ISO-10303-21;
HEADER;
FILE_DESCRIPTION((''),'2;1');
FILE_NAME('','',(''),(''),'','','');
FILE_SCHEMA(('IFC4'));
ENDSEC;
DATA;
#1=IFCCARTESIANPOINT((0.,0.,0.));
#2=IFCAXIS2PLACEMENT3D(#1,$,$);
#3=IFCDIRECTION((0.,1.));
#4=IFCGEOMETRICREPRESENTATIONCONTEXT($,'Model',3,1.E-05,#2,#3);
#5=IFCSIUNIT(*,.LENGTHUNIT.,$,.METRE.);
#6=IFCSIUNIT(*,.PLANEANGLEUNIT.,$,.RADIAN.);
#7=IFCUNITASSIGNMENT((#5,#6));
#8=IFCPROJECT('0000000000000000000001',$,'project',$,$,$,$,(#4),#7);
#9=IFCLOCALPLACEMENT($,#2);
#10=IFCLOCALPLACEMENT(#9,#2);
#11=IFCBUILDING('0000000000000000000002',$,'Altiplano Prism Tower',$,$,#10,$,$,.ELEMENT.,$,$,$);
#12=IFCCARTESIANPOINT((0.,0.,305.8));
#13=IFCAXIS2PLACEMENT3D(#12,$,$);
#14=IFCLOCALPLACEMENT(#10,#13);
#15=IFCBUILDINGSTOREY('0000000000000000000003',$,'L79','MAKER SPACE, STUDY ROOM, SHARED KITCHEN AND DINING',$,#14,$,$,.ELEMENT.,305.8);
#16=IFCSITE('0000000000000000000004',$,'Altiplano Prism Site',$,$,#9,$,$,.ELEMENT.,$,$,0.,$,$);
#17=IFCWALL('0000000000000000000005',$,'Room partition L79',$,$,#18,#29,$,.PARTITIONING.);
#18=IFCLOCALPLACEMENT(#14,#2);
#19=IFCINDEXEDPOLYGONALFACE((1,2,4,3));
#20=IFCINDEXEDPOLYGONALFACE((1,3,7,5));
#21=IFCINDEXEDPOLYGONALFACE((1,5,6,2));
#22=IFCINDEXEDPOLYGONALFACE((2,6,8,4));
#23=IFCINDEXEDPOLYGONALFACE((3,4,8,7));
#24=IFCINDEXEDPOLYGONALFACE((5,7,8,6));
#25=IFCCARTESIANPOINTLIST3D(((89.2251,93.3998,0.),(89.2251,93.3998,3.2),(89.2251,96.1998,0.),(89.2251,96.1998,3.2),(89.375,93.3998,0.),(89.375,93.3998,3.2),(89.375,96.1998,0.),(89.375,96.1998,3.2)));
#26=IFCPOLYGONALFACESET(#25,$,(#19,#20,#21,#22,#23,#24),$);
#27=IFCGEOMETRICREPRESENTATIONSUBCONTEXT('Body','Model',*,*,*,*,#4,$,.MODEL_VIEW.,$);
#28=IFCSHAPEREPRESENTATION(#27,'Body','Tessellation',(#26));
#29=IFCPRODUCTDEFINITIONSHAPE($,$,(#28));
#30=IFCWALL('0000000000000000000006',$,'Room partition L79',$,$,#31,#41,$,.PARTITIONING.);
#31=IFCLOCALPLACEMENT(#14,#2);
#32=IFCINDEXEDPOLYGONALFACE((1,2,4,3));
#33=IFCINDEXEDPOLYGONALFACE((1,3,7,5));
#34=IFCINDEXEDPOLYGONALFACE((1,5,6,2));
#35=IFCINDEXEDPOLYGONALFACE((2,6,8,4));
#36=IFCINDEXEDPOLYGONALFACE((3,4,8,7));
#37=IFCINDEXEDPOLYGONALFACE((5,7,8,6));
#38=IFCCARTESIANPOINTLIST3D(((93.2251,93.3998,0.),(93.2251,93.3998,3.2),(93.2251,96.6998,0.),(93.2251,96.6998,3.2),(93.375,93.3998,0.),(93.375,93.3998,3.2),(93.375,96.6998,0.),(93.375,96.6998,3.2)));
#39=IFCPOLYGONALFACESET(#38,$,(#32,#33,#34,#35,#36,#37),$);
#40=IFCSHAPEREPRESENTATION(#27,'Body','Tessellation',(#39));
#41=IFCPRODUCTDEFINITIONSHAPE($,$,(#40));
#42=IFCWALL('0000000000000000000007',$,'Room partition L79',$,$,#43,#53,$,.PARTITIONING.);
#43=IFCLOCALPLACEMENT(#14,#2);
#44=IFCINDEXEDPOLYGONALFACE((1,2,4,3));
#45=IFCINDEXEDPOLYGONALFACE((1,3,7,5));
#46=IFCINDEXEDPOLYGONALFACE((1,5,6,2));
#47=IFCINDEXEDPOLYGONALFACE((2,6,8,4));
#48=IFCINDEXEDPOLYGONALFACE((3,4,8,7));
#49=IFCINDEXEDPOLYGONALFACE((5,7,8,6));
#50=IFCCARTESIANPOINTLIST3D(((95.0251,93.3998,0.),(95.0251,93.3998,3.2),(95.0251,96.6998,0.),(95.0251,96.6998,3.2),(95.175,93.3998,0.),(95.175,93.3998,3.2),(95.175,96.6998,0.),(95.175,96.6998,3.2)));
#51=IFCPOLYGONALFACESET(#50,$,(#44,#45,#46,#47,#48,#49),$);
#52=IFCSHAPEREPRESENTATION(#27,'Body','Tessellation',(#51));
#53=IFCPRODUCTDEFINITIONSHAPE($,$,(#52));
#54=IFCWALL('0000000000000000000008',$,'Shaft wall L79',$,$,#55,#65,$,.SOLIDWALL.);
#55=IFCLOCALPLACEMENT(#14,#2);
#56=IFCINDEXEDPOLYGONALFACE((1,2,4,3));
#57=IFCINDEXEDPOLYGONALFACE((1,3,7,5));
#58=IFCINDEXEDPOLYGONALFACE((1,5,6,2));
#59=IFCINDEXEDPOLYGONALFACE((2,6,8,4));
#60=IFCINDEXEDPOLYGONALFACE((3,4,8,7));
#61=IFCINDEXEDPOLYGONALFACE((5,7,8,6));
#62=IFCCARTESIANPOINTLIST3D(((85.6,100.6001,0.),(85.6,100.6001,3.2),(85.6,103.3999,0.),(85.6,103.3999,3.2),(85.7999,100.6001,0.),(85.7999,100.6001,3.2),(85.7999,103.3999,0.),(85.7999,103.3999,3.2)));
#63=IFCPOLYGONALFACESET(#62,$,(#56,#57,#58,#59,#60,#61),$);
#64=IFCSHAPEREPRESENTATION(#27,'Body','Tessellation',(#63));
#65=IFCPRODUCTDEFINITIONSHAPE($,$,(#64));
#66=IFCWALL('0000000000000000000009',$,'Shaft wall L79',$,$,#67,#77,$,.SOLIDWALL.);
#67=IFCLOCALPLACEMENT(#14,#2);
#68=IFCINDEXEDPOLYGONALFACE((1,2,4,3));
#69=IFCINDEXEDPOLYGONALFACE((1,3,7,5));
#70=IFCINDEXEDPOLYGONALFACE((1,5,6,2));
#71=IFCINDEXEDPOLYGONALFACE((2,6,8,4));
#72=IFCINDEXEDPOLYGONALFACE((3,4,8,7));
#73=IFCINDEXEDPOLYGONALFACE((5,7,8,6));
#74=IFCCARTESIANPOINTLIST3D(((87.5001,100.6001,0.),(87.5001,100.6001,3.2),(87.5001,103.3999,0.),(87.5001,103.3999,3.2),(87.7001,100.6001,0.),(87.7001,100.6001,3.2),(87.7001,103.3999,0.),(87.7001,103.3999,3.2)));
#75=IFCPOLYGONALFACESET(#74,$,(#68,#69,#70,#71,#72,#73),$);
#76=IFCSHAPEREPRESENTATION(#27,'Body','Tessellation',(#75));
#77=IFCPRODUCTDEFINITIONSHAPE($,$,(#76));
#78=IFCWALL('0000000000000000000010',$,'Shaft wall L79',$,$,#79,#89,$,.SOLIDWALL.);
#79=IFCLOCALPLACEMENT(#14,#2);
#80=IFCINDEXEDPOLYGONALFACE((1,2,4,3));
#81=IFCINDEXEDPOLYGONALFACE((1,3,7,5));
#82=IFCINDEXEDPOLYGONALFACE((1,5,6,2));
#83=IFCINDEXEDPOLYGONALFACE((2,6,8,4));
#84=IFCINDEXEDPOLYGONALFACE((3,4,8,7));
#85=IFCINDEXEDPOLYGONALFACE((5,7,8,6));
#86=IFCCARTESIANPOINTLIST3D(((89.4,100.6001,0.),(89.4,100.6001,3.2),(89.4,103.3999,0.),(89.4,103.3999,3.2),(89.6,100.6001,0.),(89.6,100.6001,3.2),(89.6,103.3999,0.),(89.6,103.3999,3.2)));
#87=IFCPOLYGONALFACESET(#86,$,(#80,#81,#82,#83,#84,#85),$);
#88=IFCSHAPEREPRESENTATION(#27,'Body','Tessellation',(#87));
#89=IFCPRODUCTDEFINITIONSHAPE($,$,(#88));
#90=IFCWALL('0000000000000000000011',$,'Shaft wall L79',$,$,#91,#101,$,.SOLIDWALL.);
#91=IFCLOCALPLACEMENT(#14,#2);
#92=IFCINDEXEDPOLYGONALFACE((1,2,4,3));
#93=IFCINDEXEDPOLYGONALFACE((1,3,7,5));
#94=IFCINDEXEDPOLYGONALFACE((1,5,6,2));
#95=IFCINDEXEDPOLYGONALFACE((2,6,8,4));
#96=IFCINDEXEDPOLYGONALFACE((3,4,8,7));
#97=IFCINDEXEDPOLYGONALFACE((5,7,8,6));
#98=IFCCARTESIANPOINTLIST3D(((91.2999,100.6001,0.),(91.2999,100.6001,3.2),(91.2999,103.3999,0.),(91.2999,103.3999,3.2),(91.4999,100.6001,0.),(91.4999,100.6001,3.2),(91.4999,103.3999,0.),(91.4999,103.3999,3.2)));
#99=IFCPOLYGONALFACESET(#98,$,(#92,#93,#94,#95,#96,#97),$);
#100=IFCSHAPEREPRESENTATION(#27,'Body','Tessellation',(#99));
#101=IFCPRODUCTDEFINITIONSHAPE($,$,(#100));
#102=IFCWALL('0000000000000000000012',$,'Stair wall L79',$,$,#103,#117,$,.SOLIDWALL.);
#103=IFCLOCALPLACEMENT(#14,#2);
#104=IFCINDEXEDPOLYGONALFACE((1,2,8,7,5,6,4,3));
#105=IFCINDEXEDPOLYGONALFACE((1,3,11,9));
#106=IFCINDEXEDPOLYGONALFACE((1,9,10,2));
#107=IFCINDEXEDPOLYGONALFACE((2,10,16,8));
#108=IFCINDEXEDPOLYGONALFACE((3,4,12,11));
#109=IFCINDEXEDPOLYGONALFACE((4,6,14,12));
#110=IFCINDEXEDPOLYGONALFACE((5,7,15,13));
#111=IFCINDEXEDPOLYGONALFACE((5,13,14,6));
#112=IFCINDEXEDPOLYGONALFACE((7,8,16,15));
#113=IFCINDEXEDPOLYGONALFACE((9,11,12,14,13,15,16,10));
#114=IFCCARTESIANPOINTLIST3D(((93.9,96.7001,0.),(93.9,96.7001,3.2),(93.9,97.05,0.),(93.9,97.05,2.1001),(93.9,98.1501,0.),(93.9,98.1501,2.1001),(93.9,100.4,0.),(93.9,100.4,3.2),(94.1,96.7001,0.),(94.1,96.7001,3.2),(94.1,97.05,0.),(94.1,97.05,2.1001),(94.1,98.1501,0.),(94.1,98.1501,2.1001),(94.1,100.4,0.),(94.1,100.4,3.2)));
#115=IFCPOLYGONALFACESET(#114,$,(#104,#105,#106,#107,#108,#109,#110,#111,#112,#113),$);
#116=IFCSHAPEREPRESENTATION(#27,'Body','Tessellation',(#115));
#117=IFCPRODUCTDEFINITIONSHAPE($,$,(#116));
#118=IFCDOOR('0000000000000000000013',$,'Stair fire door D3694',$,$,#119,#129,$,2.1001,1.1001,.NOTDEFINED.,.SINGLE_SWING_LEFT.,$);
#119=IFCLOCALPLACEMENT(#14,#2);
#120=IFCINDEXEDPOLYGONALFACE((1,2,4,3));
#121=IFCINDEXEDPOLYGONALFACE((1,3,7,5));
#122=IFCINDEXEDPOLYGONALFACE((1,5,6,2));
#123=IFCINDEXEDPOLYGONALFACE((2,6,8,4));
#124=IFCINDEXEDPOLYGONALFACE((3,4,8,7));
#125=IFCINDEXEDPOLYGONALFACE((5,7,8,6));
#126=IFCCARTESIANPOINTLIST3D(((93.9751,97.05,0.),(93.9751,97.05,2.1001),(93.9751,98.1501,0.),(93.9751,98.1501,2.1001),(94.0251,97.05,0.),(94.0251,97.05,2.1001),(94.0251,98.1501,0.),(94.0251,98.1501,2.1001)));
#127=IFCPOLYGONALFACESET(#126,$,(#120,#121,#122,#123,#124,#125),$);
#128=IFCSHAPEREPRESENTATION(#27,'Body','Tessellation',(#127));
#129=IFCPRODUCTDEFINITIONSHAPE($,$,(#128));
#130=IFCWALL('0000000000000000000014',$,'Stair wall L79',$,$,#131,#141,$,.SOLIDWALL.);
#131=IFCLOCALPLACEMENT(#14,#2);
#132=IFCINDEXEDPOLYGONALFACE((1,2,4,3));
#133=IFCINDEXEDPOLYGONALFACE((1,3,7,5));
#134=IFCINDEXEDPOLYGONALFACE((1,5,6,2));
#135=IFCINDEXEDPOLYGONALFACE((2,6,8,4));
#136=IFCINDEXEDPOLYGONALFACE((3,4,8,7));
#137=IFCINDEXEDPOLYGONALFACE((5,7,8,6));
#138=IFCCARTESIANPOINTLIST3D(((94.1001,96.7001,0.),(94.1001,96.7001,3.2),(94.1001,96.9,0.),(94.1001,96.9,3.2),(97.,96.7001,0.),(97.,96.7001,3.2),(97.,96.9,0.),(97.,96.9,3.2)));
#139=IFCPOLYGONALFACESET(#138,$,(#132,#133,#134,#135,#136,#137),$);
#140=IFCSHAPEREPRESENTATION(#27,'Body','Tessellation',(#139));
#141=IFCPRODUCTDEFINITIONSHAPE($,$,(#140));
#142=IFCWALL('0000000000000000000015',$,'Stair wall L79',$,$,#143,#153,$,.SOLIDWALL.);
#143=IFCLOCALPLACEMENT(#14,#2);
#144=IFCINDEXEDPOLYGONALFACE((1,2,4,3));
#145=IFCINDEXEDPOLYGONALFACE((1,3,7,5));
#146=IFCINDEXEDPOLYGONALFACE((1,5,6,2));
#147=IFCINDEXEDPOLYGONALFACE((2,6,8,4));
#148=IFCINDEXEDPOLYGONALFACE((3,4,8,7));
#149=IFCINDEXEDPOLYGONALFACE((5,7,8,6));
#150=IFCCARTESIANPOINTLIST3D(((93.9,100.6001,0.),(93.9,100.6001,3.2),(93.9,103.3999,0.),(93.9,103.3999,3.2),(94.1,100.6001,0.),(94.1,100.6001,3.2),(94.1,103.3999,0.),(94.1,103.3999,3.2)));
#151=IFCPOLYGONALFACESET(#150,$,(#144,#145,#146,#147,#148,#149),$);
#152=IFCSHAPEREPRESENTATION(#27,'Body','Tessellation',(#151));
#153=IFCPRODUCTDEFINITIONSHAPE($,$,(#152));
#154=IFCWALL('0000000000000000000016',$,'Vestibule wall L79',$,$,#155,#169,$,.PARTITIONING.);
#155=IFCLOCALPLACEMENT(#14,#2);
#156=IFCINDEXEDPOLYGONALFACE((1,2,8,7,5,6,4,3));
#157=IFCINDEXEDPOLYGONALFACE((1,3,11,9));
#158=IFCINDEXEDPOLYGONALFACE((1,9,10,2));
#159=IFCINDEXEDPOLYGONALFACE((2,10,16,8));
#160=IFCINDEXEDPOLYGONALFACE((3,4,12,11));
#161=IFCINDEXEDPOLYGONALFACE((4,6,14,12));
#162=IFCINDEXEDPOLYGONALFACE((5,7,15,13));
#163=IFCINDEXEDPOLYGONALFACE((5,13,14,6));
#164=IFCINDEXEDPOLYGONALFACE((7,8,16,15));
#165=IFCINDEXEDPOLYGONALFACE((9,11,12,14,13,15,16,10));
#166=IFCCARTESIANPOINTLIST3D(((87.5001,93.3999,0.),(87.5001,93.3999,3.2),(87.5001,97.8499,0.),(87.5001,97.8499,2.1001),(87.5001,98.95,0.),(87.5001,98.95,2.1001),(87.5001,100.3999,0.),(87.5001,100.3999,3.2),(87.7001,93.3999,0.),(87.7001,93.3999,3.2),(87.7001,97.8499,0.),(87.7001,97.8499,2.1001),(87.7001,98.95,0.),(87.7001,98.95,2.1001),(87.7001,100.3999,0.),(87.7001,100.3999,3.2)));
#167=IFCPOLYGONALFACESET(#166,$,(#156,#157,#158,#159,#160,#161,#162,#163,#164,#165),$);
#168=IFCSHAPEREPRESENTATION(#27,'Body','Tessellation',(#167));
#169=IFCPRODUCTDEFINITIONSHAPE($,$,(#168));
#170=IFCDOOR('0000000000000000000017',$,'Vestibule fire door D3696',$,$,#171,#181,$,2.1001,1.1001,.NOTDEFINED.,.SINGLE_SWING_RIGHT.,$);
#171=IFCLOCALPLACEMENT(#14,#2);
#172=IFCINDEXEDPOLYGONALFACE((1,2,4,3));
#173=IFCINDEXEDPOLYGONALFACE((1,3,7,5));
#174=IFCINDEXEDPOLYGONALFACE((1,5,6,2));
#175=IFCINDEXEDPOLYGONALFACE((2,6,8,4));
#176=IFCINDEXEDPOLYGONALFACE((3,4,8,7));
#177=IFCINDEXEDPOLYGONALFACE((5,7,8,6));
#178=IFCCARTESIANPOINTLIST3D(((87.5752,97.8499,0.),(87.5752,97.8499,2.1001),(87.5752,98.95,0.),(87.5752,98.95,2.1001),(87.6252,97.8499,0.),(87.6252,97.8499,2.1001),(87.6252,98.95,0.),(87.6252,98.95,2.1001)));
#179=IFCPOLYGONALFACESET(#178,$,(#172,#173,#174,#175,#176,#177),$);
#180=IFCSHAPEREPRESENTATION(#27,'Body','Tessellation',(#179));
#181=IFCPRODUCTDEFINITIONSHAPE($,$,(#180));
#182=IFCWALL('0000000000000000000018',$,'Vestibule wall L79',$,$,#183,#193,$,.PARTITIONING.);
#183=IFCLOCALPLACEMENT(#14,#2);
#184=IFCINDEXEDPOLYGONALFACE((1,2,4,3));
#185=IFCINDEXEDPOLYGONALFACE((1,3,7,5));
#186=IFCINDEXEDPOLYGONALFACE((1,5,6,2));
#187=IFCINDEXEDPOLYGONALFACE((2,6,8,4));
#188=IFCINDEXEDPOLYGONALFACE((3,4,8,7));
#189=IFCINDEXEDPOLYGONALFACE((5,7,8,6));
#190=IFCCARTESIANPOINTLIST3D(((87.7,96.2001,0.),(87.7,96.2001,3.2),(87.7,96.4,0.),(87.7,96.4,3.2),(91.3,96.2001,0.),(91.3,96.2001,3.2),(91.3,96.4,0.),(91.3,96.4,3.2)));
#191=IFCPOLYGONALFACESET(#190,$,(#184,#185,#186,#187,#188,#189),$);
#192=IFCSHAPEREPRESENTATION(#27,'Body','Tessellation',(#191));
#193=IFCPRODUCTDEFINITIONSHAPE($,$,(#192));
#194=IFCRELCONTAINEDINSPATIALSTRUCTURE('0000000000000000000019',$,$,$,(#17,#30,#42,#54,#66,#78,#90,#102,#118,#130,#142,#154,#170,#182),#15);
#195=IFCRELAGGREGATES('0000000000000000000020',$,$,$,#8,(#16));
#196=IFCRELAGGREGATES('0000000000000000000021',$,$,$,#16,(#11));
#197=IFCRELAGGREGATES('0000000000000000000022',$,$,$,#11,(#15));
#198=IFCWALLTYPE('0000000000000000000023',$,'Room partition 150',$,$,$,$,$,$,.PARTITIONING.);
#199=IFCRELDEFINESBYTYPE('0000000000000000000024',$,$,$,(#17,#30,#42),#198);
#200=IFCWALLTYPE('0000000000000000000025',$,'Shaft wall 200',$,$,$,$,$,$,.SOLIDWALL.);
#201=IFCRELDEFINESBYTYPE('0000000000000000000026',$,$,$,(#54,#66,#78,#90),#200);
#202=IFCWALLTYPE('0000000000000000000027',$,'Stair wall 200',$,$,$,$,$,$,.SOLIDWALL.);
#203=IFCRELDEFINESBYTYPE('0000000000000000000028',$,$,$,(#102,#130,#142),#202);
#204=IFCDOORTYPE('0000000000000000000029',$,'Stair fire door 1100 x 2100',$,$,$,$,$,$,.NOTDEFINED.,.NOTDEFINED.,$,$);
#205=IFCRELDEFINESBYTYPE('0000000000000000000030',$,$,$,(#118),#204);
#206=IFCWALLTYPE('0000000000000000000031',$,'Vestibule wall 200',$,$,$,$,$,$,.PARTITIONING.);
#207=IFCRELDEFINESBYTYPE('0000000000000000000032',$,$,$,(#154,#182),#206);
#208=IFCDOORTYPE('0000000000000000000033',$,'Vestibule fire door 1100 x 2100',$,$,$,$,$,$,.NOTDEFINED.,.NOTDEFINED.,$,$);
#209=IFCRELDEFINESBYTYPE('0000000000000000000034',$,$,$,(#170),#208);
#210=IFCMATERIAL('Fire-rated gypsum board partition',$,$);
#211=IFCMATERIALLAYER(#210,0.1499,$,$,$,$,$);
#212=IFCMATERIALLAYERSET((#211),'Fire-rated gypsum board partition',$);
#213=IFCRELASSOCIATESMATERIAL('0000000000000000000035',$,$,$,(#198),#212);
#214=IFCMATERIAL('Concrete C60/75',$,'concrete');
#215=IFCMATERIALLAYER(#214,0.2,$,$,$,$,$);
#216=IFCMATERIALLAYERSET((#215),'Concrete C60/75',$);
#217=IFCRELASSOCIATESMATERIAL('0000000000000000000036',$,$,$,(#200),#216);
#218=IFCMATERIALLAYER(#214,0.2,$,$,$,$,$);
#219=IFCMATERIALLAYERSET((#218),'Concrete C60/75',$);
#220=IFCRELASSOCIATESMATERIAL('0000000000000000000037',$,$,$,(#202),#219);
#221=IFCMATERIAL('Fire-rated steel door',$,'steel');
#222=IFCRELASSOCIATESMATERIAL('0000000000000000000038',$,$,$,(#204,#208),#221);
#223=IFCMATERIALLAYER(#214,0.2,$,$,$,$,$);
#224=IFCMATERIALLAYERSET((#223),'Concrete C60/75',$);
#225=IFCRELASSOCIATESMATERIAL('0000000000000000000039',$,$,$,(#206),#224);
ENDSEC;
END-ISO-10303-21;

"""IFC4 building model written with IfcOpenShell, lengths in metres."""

from ifc_helpers import new_model, si_unit, direction, frame, frame_2d, origin, place, context, subcontext, project, spatial, rectangle, extrude, material, layer, layer_set, type_object, element, fill, save


model = new_model("IFC4")

# Units and contexts
model_context = context("Model", 3, precision=1e-05, world=origin(), true_north=direction((0.0, 1.0)))
body_context = subcontext(model_context, "Body", "Model", "MODEL_VIEW")
ifc_project = project(units=[si_unit("LENGTHUNIT", "METRE"), si_unit("PLANEANGLEUNIT", "RADIAN")], contexts=[model_context])

# Site, building, storey
site_placement = place(None, origin())
site = spatial("IfcSite", under=ifc_project, at=site_placement, Name="Altiplano Prism Site", CompositionType="ELEMENT", RefElevation=0.0)
building_placement = place(site_placement, origin())
building = spatial("IfcBuilding", under=site, at=building_placement, Name="Altiplano Prism Tower", CompositionType="ELEMENT")
storey_placement = place(building_placement, frame((0.0, 0.0, 305.8)))
storey = spatial("IfcBuildingStorey", under=building, at=storey_placement, Name="L79", Description="MAKER SPACE, STUDY ROOM, SHARED KITCHEN AND DINING", CompositionType="ELEMENT", Elevation=305.8)

# Walls
ifc_material_1 = material(Name="Fire-rated gypsum board partition")
ifc_layer_1 = layer(ifc_material_1, 0.1499)
ifc_layer_set_1 = layer_set([ifc_layer_1], Name="Fire-rated gypsum board partition")
wall_type_1 = type_object("IfcWallType", Name="Room partition 150", PredefinedType="PARTITIONING", material=ifc_layer_set_1)
wall_1_placement = place(storey_placement, frame((89.3, 93.3999, 0.0), z_axis=(0.0, 0.0, 1.0), x_axis=(0.0, 1.0, 0.0)))
element("IfcWall", 1, at=wall_1_placement, inside=storey, type_object=wall_type_1, Name="Room partition L79", PredefinedType="PARTITIONING", context=body_context, shape_type="SweptSolid", body=[
    extrude(rectangle(XDim=2.8, YDim=0.1499, at=frame_2d((1.3999, 0.0))), origin(), (0.0, 0.0, 1.0), 3.2),
])
for number, where, z_axis, x_axis, name in (
    (2, (93.3, 93.3999, 0.0), (0.0, 0.0, 1.0), (0.0, 1.0, 0.0), "Room partition L79"),
    (3, (95.1001, 93.3999, 0.0), (0.0, 0.0, 1.0), (0.0, 1.0, 0.0), "Room partition L79"),
):
    element("IfcWall", number, at=place(storey_placement, frame(where, z_axis=z_axis, x_axis=x_axis)), inside=storey, type_object=wall_type_1, Name=name, PredefinedType="PARTITIONING", context=body_context, shape_type="SweptSolid", body=[
        extrude(rectangle(XDim=3.3, YDim=0.1499, at=frame_2d((1.6499, 0.0))), origin(), (0.0, 0.0, 1.0), 3.2),
    ])
ifc_material_2 = material(Name="Concrete C60/75", Category="concrete")
ifc_layer_2 = layer(ifc_material_2, 0.2)
ifc_layer_set_2 = layer_set([ifc_layer_2], Name="Concrete C60/75")
wall_type_2 = type_object("IfcWallType", Name="Shaft wall 200", PredefinedType="SOLIDWALL", material=ifc_layer_set_2)
for number, where, z_axis, x_axis, name in (
    (4, (85.7, 100.6001, 0.0), (0.0, 0.0, 1.0), (0.0, 1.0, 0.0), "Shaft wall L79"),
    (5, (87.6001, 100.6001, 0.0), (0.0, 0.0, 1.0), (0.0, 1.0, 0.0), "Shaft wall L79"),
    (6, (89.5, 100.6001, 0.0), (0.0, 0.0, 1.0), (0.0, 1.0, 0.0), "Shaft wall L79"),
    (7, (91.3999, 100.6001, 0.0), (0.0, 0.0, 1.0), (0.0, 1.0, 0.0), "Shaft wall L79"),
):
    element("IfcWall", number, at=place(storey_placement, frame(where, z_axis=z_axis, x_axis=x_axis)), inside=storey, type_object=wall_type_2, Name=name, PredefinedType="SOLIDWALL", context=body_context, shape_type="SweptSolid", body=[
        extrude(rectangle(XDim=2.7998, YDim=0.2, at=frame_2d((1.3999, 0.0))), origin(), (0.0, 0.0, 1.0), 3.2),
    ])

# Wall, opening, door
ifc_layer_3 = layer(ifc_material_2, 0.2)
ifc_layer_set_3 = layer_set([ifc_layer_3], Name="Concrete C60/75")
wall_type_3 = type_object("IfcWallType", Name="Stair wall 200", PredefinedType="SOLIDWALL", material=ifc_layer_set_3)
wall_2_placement = place(storey_placement, frame((94.0, 96.7, 0.0), z_axis=(0.0, 0.0, 1.0), x_axis=(0.0, 1.0, 0.0)))
wall_2 = element("IfcWall", 8, at=wall_2_placement, inside=storey, type_object=wall_type_3, Name="Stair wall L79", PredefinedType="SOLIDWALL", context=body_context, shape_type="SweptSolid", body=[
    extrude(rectangle(XDim=3.7, YDim=0.2, at=frame_2d((1.8501, 0.0))), origin(), (0.0, 0.0, 1.0), 3.2),
])
opening_1_placement = place(wall_2_placement, frame((0.3501, 0.0, 0.0)))
opening_1 = element("IfcOpeningElement", 9, at=opening_1_placement, cuts=wall_2, PredefinedType="OPENING", context=body_context, shape_type="SweptSolid", body=[
    extrude(rectangle(XDim=1.1001, YDim=2.1001, at=frame_2d((0.55, 1.05))), frame((0.0, 0.1104, 0.0), z_axis=(0.0, -1.0, 0.0), x_axis=(1.0, 0.0, 0.0)), (0.0, 0.0, 1.0), 0.2209),
])
ifc_material_3 = material(Name="Fire-rated steel door", Category="steel")
door_type_1 = type_object("IfcDoorType", Name="Stair fire door 1100 x 2100", OperationType="NOTDEFINED", PredefinedType="NOTDEFINED", material=ifc_material_3)
door_1_placement = place(opening_1_placement, origin())
door_1 = element("IfcDoor", 10, at=door_1_placement, inside=storey, type_object=door_type_1, Name="Stair fire door D3694", OperationType="SINGLE_SWING_LEFT", OverallHeight=2.1001, OverallWidth=1.1001, PredefinedType="NOTDEFINED", context=body_context, shape_type="SweptSolid", body=[
    extrude(rectangle(XDim=1.1001, YDim=2.1001, at=frame_2d((0.55, 1.05))), frame((0.0, 0.0249, 0.0), z_axis=(0.0, -1.0, 0.0), x_axis=(1.0, 0.0, 0.0)), (0.0, 0.0, 1.0), 0.05),
])
fill(opening_1, door_1)

# Walls
wall_3_placement = place(storey_placement, frame((94.1001, 96.8, 0.0), z_axis=(0.0, 0.0, 1.0), x_axis=(1.0, 0.0, 0.0)))
element("IfcWall", 11, at=wall_3_placement, inside=storey, type_object=wall_type_3, Name="Stair wall L79", PredefinedType="SOLIDWALL", context=body_context, shape_type="SweptSolid", body=[
    extrude(rectangle(XDim=2.8999, YDim=0.2, at=frame_2d((1.45, 0.0))), origin(), (0.0, 0.0, 1.0), 3.2),
])
wall_4_placement = place(storey_placement, frame((94.0, 100.6001, 0.0), z_axis=(0.0, 0.0, 1.0), x_axis=(0.0, 1.0, 0.0)))
element("IfcWall", 12, at=wall_4_placement, inside=storey, type_object=wall_type_3, Name="Stair wall L79", PredefinedType="SOLIDWALL", context=body_context, shape_type="SweptSolid", body=[
    extrude(rectangle(XDim=2.7998, YDim=0.2, at=frame_2d((1.3999, 0.0))), origin(), (0.0, 0.0, 1.0), 3.2),
])

# Wall, opening, door
ifc_layer_4 = layer(ifc_material_2, 0.2)
ifc_layer_set_4 = layer_set([ifc_layer_4], Name="Concrete C60/75")
wall_type_4 = type_object("IfcWallType", Name="Vestibule wall 200", PredefinedType="PARTITIONING", material=ifc_layer_set_4)
wall_5_placement = place(storey_placement, frame((87.6001, 93.3999, 0.0), z_axis=(0.0, 0.0, 1.0), x_axis=(0.0, 1.0, 0.0)))
wall_5 = element("IfcWall", 13, at=wall_5_placement, inside=storey, type_object=wall_type_4, Name="Vestibule wall L79", PredefinedType="PARTITIONING", context=body_context, shape_type="SweptSolid", body=[
    extrude(rectangle(XDim=7.0, YDim=0.2, at=frame_2d((3.5, 0.0))), origin(), (0.0, 0.0, 1.0), 3.2),
])
opening_2_placement = place(wall_5_placement, frame((4.45, 0.0, 0.0)))
opening_2 = element("IfcOpeningElement", 14, at=opening_2_placement, cuts=wall_5, PredefinedType="OPENING", context=body_context, shape_type="SweptSolid", body=[
    extrude(rectangle(XDim=1.1001, YDim=2.1001, at=frame_2d((0.55, 1.05))), frame((0.0, 0.1104, 0.0), z_axis=(0.0, -1.0, 0.0), x_axis=(1.0, 0.0, 0.0)), (0.0, 0.0, 1.0), 0.2209),
])
door_type_2 = type_object("IfcDoorType", Name="Vestibule fire door 1100 x 2100", OperationType="NOTDEFINED", PredefinedType="NOTDEFINED", material=ifc_material_3)
door_2_placement = place(opening_2_placement, origin())
door_2 = element("IfcDoor", 15, at=door_2_placement, inside=storey, type_object=door_type_2, Name="Vestibule fire door D3696", OperationType="SINGLE_SWING_RIGHT", OverallHeight=2.1001, OverallWidth=1.1001, PredefinedType="NOTDEFINED", context=body_context, shape_type="SweptSolid", body=[
    extrude(rectangle(XDim=1.1001, YDim=2.1001, at=frame_2d((0.55, 1.05))), frame((0.0, 0.0249, 0.0), z_axis=(0.0, -1.0, 0.0), x_axis=(1.0, 0.0, 0.0)), (0.0, 0.0, 1.0), 0.05),
])
fill(opening_2, door_2)

# Wall
wall_6_placement = place(storey_placement, frame((87.7, 96.3, 0.0), z_axis=(0.0, 0.0, 1.0), x_axis=(1.0, 0.0, 0.0)))
element("IfcWall", 16, at=wall_6_placement, inside=storey, type_object=wall_type_4, Name="Vestibule wall L79", PredefinedType="PARTITIONING", context=body_context, shape_type="SweptSolid", body=[
    extrude(rectangle(XDim=3.6001, YDim=0.2, at=frame_2d((1.8, 0.0))), origin(), (0.0, 0.0, 1.0), 3.2),
])

save(model, "model.ifc")
